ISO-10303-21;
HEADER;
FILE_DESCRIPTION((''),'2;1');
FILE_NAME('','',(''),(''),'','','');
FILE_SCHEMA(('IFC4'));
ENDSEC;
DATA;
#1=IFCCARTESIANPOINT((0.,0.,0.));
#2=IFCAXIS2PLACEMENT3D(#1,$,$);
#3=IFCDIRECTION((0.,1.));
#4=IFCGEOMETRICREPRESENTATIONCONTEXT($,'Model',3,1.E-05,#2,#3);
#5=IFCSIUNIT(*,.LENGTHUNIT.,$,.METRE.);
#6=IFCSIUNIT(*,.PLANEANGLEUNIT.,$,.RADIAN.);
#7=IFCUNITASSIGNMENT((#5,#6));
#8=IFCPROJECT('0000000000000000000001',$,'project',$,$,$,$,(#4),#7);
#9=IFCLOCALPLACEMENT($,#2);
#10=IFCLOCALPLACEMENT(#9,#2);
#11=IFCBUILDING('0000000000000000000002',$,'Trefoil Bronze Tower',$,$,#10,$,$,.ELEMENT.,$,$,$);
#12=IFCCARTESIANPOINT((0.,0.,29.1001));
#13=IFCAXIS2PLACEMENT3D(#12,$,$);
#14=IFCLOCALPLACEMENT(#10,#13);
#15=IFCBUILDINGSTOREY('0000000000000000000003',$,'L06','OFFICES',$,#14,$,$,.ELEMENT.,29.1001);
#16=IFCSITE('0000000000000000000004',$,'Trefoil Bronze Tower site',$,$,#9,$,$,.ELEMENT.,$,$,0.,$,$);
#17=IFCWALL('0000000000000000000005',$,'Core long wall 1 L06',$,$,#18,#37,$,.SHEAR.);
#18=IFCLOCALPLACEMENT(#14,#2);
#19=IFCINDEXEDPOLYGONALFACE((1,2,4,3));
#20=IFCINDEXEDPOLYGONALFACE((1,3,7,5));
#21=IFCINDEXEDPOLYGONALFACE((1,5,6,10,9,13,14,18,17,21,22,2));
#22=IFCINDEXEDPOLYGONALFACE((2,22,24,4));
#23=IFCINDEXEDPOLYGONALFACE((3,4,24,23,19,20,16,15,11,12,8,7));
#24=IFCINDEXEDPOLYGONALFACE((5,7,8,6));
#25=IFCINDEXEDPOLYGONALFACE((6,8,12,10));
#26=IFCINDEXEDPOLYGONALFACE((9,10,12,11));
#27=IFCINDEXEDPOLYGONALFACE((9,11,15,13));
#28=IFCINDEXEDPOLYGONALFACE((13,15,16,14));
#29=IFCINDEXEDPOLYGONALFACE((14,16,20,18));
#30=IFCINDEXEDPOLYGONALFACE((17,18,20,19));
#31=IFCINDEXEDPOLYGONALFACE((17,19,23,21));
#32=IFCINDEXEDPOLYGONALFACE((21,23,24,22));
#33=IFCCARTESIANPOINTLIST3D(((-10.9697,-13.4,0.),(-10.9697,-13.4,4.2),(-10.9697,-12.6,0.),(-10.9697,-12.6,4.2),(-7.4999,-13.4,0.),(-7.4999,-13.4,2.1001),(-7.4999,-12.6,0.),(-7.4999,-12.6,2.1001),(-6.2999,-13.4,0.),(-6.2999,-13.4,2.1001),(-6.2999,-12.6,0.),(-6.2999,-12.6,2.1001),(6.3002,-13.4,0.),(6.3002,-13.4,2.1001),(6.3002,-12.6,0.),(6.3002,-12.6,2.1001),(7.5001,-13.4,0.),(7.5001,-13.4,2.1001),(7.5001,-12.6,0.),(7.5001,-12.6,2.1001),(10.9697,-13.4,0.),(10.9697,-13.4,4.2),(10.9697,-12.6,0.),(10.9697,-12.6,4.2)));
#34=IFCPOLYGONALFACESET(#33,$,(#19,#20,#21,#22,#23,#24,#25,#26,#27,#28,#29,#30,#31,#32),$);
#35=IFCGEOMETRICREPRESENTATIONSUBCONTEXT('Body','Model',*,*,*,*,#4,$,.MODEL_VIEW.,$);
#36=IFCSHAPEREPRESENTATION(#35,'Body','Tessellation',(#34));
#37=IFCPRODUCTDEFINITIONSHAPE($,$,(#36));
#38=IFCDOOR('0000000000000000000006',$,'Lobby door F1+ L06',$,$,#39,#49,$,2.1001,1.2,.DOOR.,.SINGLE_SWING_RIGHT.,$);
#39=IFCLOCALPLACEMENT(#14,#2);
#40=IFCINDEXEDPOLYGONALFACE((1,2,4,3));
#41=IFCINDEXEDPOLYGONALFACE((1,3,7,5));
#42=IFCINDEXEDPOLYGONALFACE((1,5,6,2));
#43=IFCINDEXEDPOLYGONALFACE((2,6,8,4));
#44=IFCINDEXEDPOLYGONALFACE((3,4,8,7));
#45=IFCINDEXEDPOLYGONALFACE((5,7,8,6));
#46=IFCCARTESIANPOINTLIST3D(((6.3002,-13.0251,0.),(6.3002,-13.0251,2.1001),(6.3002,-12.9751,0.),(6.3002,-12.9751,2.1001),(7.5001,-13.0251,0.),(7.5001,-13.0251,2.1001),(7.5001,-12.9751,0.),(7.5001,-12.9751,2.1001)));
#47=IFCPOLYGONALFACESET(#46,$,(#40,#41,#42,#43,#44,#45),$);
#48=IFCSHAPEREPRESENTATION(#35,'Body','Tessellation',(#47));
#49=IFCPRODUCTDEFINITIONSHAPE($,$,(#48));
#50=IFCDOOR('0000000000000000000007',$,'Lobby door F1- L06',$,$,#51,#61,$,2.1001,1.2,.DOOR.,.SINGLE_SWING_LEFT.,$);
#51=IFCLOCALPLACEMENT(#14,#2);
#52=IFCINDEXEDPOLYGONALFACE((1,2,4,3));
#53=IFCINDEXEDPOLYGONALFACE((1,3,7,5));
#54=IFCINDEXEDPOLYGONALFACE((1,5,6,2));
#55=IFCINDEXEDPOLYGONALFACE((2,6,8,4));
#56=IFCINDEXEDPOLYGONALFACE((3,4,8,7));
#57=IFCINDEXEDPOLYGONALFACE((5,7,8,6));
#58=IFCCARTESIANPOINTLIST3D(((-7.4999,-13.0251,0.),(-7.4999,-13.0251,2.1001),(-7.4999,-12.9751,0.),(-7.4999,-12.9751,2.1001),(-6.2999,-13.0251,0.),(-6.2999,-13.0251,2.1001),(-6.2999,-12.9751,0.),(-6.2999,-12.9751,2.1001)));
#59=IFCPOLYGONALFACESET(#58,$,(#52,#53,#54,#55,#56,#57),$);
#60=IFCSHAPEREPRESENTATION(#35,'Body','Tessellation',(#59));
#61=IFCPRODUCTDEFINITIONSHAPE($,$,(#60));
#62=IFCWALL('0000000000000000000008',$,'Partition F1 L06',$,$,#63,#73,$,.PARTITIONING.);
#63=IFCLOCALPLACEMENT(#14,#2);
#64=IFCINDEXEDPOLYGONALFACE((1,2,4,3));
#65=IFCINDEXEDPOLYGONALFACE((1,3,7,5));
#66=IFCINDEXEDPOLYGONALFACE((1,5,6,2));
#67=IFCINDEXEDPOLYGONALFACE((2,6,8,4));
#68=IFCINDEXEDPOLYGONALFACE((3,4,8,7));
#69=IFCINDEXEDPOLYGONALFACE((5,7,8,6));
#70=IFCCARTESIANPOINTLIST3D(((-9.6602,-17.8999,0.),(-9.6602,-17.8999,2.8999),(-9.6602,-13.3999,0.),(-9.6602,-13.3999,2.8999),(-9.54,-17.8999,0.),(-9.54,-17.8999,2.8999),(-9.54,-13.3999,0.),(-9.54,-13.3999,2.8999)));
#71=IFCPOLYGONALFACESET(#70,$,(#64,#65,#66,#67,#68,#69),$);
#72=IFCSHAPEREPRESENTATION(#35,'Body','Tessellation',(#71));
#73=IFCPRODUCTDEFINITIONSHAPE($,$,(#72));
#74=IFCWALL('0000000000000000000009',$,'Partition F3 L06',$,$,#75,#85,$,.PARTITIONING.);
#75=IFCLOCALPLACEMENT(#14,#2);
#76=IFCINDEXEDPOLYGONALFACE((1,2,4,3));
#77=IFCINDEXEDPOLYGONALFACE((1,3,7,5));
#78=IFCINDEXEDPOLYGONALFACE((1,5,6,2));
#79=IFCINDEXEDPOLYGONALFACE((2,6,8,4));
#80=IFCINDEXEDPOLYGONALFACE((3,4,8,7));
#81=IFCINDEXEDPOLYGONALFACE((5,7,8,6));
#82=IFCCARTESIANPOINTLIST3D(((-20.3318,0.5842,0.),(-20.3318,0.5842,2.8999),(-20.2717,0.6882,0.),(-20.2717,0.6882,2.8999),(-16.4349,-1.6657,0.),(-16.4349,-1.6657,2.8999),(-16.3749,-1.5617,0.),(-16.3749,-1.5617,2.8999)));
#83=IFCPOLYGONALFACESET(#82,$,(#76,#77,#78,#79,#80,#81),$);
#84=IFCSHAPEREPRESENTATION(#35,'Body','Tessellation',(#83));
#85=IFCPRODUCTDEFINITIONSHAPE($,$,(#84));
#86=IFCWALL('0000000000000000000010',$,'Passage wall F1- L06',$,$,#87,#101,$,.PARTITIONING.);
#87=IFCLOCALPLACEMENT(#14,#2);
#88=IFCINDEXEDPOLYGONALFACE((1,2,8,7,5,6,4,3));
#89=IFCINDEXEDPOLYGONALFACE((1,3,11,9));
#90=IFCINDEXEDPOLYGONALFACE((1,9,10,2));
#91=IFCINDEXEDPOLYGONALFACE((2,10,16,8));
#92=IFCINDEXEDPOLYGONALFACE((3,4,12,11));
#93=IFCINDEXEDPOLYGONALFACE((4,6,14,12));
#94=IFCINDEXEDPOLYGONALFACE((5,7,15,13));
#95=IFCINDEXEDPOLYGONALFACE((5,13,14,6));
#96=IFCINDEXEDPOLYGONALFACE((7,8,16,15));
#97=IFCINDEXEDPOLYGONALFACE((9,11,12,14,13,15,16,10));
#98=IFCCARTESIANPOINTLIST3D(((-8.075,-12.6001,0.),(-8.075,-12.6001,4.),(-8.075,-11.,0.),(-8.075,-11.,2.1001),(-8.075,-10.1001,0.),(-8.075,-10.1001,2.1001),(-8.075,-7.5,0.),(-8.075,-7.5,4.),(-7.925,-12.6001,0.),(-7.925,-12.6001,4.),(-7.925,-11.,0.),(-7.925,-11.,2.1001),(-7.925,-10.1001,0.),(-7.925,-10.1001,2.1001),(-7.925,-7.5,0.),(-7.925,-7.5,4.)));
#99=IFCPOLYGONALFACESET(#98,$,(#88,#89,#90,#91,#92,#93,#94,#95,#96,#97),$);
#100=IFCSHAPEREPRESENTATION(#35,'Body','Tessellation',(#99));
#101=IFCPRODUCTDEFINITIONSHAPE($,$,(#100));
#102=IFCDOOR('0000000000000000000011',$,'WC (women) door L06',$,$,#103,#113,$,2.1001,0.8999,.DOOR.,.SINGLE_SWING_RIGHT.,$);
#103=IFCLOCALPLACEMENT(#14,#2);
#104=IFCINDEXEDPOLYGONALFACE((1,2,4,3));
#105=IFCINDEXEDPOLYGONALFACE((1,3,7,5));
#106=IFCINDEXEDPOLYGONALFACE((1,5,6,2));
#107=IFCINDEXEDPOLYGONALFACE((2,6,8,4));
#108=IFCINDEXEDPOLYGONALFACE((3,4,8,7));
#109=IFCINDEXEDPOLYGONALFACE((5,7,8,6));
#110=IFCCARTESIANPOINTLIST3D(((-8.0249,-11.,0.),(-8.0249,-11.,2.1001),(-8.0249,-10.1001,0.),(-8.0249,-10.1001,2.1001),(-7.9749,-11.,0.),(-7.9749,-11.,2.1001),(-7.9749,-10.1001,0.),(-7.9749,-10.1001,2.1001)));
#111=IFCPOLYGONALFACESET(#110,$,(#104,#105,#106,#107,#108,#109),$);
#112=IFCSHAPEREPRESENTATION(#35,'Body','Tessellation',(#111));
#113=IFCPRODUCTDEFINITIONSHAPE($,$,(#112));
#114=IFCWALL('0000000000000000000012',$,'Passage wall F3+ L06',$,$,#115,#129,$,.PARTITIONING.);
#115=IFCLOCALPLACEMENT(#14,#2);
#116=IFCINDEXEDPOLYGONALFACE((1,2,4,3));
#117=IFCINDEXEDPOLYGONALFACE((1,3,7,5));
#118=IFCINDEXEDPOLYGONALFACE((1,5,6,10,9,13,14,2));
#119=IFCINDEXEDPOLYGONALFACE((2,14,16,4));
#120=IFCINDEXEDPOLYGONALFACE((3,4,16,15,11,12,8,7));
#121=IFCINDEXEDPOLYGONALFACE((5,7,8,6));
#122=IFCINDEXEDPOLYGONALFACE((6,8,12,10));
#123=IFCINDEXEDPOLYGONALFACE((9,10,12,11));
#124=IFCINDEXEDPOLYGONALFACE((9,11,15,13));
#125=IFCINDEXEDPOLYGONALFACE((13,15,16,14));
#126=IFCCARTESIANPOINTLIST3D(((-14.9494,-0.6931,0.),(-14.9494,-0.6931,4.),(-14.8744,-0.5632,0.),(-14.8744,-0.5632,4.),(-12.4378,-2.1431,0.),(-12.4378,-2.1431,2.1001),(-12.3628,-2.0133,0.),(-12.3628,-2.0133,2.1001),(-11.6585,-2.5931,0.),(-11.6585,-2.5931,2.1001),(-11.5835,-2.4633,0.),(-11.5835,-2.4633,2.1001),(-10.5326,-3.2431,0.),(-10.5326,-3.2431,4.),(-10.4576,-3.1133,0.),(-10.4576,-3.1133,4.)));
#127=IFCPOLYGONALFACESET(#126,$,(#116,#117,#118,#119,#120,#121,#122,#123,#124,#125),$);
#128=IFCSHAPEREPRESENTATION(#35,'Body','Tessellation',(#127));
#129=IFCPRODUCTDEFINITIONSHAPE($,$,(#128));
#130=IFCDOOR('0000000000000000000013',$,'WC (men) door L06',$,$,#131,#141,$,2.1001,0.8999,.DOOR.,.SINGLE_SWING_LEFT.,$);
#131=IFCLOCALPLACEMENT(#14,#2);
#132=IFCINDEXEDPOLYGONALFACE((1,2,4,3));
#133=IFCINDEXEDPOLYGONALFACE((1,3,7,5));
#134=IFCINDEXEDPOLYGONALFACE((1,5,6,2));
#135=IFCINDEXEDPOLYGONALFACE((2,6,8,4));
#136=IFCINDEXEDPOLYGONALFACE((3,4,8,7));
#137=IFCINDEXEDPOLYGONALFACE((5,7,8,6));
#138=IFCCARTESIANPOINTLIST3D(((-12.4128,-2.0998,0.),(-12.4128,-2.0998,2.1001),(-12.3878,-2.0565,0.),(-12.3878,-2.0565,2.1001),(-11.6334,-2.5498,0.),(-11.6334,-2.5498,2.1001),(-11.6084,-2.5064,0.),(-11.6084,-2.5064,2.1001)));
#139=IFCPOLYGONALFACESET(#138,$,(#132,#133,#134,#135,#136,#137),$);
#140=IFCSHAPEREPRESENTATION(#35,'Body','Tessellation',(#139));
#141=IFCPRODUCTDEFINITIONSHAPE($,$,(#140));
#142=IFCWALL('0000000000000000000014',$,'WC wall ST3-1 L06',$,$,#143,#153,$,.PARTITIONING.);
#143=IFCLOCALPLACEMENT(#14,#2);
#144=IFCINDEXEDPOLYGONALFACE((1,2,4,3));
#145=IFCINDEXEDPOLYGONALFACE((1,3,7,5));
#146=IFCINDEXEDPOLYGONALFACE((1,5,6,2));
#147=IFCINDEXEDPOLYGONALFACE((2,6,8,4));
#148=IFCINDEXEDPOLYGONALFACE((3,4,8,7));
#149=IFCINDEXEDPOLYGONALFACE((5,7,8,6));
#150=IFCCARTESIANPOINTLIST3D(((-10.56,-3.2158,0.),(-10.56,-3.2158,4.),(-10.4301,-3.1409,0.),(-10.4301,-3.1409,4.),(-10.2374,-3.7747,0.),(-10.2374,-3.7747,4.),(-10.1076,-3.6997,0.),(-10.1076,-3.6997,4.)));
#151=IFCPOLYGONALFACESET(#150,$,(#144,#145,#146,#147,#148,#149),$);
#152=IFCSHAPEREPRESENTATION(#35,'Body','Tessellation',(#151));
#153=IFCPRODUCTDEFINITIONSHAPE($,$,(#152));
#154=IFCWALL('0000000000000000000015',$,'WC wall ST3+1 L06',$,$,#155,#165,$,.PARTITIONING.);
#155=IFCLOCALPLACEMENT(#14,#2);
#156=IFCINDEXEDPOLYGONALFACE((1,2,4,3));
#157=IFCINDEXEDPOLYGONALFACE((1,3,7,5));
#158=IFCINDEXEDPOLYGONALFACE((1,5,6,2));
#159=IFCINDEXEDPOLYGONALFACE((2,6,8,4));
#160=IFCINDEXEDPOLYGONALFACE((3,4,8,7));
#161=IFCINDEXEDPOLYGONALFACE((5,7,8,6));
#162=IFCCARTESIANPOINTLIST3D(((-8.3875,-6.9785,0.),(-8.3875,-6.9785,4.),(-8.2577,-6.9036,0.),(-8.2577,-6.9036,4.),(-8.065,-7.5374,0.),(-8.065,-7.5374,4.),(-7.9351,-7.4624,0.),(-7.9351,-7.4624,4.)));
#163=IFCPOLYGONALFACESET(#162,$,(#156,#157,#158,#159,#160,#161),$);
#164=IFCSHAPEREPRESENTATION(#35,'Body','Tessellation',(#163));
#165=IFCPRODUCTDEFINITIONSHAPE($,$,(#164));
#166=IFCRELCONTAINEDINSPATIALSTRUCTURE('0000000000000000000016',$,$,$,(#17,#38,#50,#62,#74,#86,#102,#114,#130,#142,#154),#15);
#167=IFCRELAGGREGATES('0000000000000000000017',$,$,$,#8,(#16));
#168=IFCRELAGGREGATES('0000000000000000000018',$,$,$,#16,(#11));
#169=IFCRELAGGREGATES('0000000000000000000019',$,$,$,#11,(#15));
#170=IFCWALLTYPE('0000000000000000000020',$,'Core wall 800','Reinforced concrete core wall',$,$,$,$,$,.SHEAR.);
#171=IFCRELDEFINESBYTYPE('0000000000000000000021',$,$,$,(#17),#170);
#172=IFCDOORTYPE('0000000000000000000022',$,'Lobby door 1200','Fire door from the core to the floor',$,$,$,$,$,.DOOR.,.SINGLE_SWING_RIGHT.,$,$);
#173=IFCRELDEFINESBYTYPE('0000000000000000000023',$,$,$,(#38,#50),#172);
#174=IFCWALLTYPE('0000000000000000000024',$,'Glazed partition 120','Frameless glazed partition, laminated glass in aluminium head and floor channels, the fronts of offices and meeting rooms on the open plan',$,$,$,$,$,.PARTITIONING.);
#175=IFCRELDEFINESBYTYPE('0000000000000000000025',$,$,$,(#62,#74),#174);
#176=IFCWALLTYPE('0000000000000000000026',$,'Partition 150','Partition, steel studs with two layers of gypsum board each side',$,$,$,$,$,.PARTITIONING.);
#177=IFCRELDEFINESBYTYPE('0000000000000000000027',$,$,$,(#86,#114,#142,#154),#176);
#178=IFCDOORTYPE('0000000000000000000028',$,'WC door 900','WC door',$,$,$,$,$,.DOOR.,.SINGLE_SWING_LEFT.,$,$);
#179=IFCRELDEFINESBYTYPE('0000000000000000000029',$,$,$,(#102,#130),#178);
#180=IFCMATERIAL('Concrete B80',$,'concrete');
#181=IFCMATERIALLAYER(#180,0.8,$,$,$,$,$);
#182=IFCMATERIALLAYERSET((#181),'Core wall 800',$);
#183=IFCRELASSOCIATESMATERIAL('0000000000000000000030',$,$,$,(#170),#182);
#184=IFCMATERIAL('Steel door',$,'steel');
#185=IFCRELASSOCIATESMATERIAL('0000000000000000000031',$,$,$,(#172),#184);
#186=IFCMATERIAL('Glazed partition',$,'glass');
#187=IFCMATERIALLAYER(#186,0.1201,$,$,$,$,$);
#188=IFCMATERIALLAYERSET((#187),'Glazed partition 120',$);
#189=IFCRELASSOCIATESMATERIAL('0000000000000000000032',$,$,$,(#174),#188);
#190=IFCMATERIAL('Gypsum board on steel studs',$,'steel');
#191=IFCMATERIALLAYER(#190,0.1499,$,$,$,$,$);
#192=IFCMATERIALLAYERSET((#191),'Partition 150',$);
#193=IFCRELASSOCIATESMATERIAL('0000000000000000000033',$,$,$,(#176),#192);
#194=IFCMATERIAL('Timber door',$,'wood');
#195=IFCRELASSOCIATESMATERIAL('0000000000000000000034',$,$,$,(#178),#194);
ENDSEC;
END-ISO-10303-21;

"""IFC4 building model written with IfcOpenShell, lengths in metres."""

from ifc_helpers import new_model, si_unit, direction, frame, frame_2d, origin, place, context, subcontext, project, spatial, rectangle, extrude, material, layer, layer_set, type_object, element, fill, save


model = new_model("IFC4")

# Units and contexts
model_context = context("Model", 3, precision=1e-05, world=origin(), true_north=direction((0.0, 1.0)))
body_context = subcontext(model_context, "Body", "Model", "MODEL_VIEW")
ifc_project = project(units=[si_unit("LENGTHUNIT", "METRE"), si_unit("PLANEANGLEUNIT", "RADIAN")], contexts=[model_context])

# Site, building, storey
site_placement = place(None, origin())
site = spatial("IfcSite", under=ifc_project, at=site_placement, Name="Trefoil Bronze Tower site", CompositionType="ELEMENT", RefElevation=0.0)
building_placement = place(site_placement, origin())
building = spatial("IfcBuilding", under=site, at=building_placement, Name="Trefoil Bronze Tower", CompositionType="ELEMENT")
storey_placement = place(building_placement, frame((0.0, 0.0, 29.1001)))
storey = spatial("IfcBuildingStorey", under=building, at=storey_placement, Name="L06", Description="OFFICES", CompositionType="ELEMENT", Elevation=29.1001)

# Wall, openings, doors
ifc_material_1 = material(Name="Concrete B80", Category="concrete")
ifc_layer_1 = layer(ifc_material_1, 0.8)
ifc_layer_set_1 = layer_set([ifc_layer_1], Name="Core wall 800")
wall_type_1 = type_object("IfcWallType", Name="Core wall 800", Description="Reinforced concrete core wall", PredefinedType="SHEAR", material=ifc_layer_set_1)
wall_1_placement = place(storey_placement, frame((-10.9697, -13.0, 0.0), z_axis=(0.0, 0.0, 1.0), x_axis=(1.0, 0.0, 0.0)))
wall_1 = element("IfcWall", 1, at=wall_1_placement, inside=storey, type_object=wall_type_1, Name="Core long wall 1 L06", PredefinedType="SHEAR", context=body_context, shape_type="SweptSolid", body=[
    extrude(rectangle(XDim=21.9395, YDim=0.8, at=frame_2d((10.9697, 0.0))), origin(), (0.0, 0.0, 1.0), 4.2),
])
opening_1_placement = place(wall_1_placement, frame((17.2698, 0.0, 0.0)))
opening_1 = element("IfcOpeningElement", 2, at=opening_1_placement, cuts=wall_1, PredefinedType="OPENING", context=body_context, shape_type="SweptSolid", body=[
    extrude(rectangle(XDim=1.2, YDim=2.1001, at=frame_2d((0.6001, 1.05))), frame((0.0, 0.4099, 0.0), z_axis=(0.0, -1.0, 0.0), x_axis=(1.0, 0.0, 0.0)), (0.0, 0.0, 1.0), 0.8201),
])
opening_2_placement = place(wall_1_placement, frame((3.4697, 0.0, 0.0)))
opening_2 = element("IfcOpeningElement", 3, at=opening_2_placement, cuts=wall_1, PredefinedType="OPENING", context=body_context, shape_type="SweptSolid", body=[
    extrude(rectangle(XDim=1.2, YDim=2.1001, at=frame_2d((0.6001, 1.05))), frame((0.0, 0.4099, 0.0), z_axis=(0.0, -1.0, 0.0), x_axis=(1.0, 0.0, 0.0)), (0.0, 0.0, 1.0), 0.8201),
])
ifc_material_2 = material(Name="Steel door", Category="steel")
door_type_1 = type_object("IfcDoorType", Name="Lobby door 1200", Description="Fire door from the core to the floor", OperationType="SINGLE_SWING_RIGHT", PredefinedType="DOOR", material=ifc_material_2)
door_1_placement = place(opening_1_placement, origin())
door_1 = element("IfcDoor", 4, at=door_1_placement, inside=storey, type_object=door_type_1, Name="Lobby door F1+ L06", OperationType="SINGLE_SWING_RIGHT", OverallHeight=2.1001, OverallWidth=1.2, PredefinedType="DOOR", context=body_context, shape_type="SweptSolid", body=[
    extrude(rectangle(XDim=1.2, YDim=2.1001, at=frame_2d((0.6001, 1.05))), frame((0.0, 0.0249, 0.0), z_axis=(0.0, -1.0, 0.0), x_axis=(1.0, 0.0, 0.0)), (0.0, 0.0, 1.0), 0.05),
])
fill(opening_1, door_1)
door_2_placement = place(opening_2_placement, origin())
door_2 = element("IfcDoor", 5, at=door_2_placement, inside=storey, type_object=door_type_1, Name="Lobby door F1- L06", OperationType="SINGLE_SWING_LEFT", OverallHeight=2.1001, OverallWidth=1.2, PredefinedType="DOOR", context=body_context, shape_type="SweptSolid", body=[
    extrude(rectangle(XDim=1.2, YDim=2.1001, at=frame_2d((0.6001, 1.05))), frame((0.0, 0.0249, 0.0), z_axis=(0.0, -1.0, 0.0), x_axis=(1.0, 0.0, 0.0)), (0.0, 0.0, 1.0), 0.05),
])
fill(opening_2, door_2)

# Walls
ifc_material_3 = material(Name="Glazed partition", Category="glass")
ifc_layer_2 = layer(ifc_material_3, 0.1201)
ifc_layer_set_2 = layer_set([ifc_layer_2], Name="Glazed partition 120")
wall_type_2 = type_object("IfcWallType", Name="Glazed partition 120", Description="Frameless glazed partition, laminated glass in aluminium head and floor channels, the fronts of offices and meeting rooms on the open plan", PredefinedType="PARTITIONING", material=ifc_layer_set_2)
wall_2_placement = place(storey_placement, frame((-9.6001, -13.3999, 0.0), z_axis=(0.0, 0.0, 1.0), x_axis=(0.0, -1.0, 0.0)))
element("IfcWall", 6, at=wall_2_placement, inside=storey, type_object=wall_type_2, Name="Partition F1 L06", PredefinedType="PARTITIONING", context=body_context, shape_type="SweptSolid", body=[
    extrude(rectangle(XDim=4.5, YDim=0.1201, at=frame_2d((2.25, 0.0))), origin(), (0.0, 0.0, 1.0), 2.8999),
])
wall_3_placement = place(storey_placement, frame((-16.4048, -1.6138, 0.0), z_axis=(0.0, 0.0, 1.0), x_axis=(-0.866018, 0.500014, 0.0)))
element("IfcWall", 7, at=wall_3_placement, inside=storey, type_object=wall_type_2, Name="Partition F3 L06", PredefinedType="PARTITIONING", context=body_context, shape_type="SweptSolid", body=[
    extrude(rectangle(XDim=4.4998, YDim=0.1201, at=frame_2d((2.25, 0.0))), origin(), (0.0, 0.0, 1.0), 2.8999),
])

# Walls, openings, doors
ifc_material_4 = material(Name="Gypsum board on steel studs", Category="steel")
ifc_layer_3 = layer(ifc_material_4, 0.1499)
ifc_layer_set_3 = layer_set([ifc_layer_3], Name="Partition 150")
wall_type_3 = type_object("IfcWallType", Name="Partition 150", Description="Partition, steel studs with two layers of gypsum board each side", PredefinedType="PARTITIONING", material=ifc_layer_set_3)
wall_4_placement = place(storey_placement, frame((-8.0, -7.5, 0.0), z_axis=(0.0, 0.0, 1.0), x_axis=(0.0, -1.0, 0.0)))
wall_4 = element("IfcWall", 8, at=wall_4_placement, inside=storey, type_object=wall_type_3, Name="Passage wall F1- L06", PredefinedType="PARTITIONING", context=body_context, shape_type="SweptSolid", body=[
    extrude(rectangle(XDim=5.1001, YDim=0.1499, at=frame_2d((2.55, 0.0))), origin(), (0.0, 0.0, 1.0), 4.0),
])
opening_3_placement = place(wall_4_placement, frame((2.6001, 0.0, 0.0)))
opening_3 = element("IfcOpeningElement", 9, at=opening_3_placement, cuts=wall_4, PredefinedType="OPENING", context=body_context, shape_type="SweptSolid", body=[
    extrude(rectangle(XDim=0.8999, YDim=2.1001, at=frame_2d((0.45, 1.05))), frame((0.0, 0.085, 0.0), z_axis=(0.0, -1.0, 0.0), x_axis=(1.0, 0.0, 0.0)), (0.0, 0.0, 1.0), 0.1699),
])
ifc_material_5 = material(Name="Timber door", Category="wood")
door_type_2 = type_object("IfcDoorType", Name="WC door 900", Description="WC door", OperationType="SINGLE_SWING_LEFT", PredefinedType="DOOR", material=ifc_material_5)
door_3_placement = place(opening_3_placement, frame((0.8999, 0.0, 0.0), z_axis=(0.0, 0.0, 1.0), x_axis=(-1.0, 0.0, 0.0)))
door_3 = element("IfcDoor", 10, at=door_3_placement, inside=storey, type_object=door_type_2, Name="WC (women) door L06", OperationType="SINGLE_SWING_RIGHT", OverallHeight=2.1001, OverallWidth=0.8999, PredefinedType="DOOR", context=body_context, shape_type="SweptSolid", body=[
    extrude(rectangle(XDim=0.8999, YDim=2.1001, at=frame_2d((0.45, 1.05))), frame((0.0, 0.0249, 0.0), z_axis=(0.0, -1.0, 0.0), x_axis=(1.0, 0.0, 0.0)), (0.0, 0.0, 1.0), 0.05),
])
fill(opening_3, door_3)
wall_5_placement = place(storey_placement, frame((-10.4951, -3.1782, 0.0), z_axis=(0.0, 0.0, 1.0), x_axis=(-0.866022, 0.500006, 0.0)))
wall_5 = element("IfcWall", 11, at=wall_5_placement, inside=storey, type_object=wall_type_3, Name="Passage wall F3+ L06", PredefinedType="PARTITIONING", context=body_context, shape_type="SweptSolid", body=[
    extrude(rectangle(XDim=5.1001, YDim=0.1499, at=frame_2d((2.55, 0.0))), origin(), (0.0, 0.0, 1.0), 4.0),
])
opening_4_placement = place(wall_5_placement, frame((1.3, 0.0, 0.0)))
opening_4 = element("IfcOpeningElement", 12, at=opening_4_placement, cuts=wall_5, PredefinedType="OPENING", context=body_context, shape_type="SweptSolid", body=[
    extrude(rectangle(XDim=0.8999, YDim=2.1001, at=frame_2d((0.45, 1.05))), frame((0.0, 0.085, 0.0), z_axis=(0.0, -1.0, 0.0), x_axis=(1.0, 0.0, 0.0)), (0.0, 0.0, 1.0), 0.1699),
])
door_4_placement = place(opening_4_placement, origin())
door_4 = element("IfcDoor", 13, at=door_4_placement, inside=storey, type_object=door_type_2, Name="WC (men) door L06", OperationType="SINGLE_SWING_LEFT", OverallHeight=2.1001, OverallWidth=0.8999, PredefinedType="DOOR", context=body_context, shape_type="SweptSolid", body=[
    extrude(rectangle(XDim=0.8999, YDim=2.1001, at=frame_2d((0.45, 1.05))), frame((0.0, 0.0249, 0.0), z_axis=(0.0, -1.0, 0.0), x_axis=(1.0, 0.0, 0.0)), (0.0, 0.0, 1.0), 0.05),
])
fill(opening_4, door_4)

# Walls
for number, where, z_axis, x_axis, name in (
    (14, (-10.4951, -3.1782, 0.0), (0.0, 0.0, 1.0), (0.499843, -0.866116, 0.0), "WC wall ST3-1 L06"),
    (15, (-8.0, -7.5, 0.0), (0.0, 0.0, 1.0), (-0.499843, 0.866116, 0.0), "WC wall ST3+1 L06"),
):
    element("IfcWall", number, at=place(storey_placement, frame(where, z_axis=z_axis, x_axis=x_axis)), inside=storey, type_object=wall_type_3, Name=name, PredefinedType="PARTITIONING", context=body_context, shape_type="SweptSolid", body=[
        extrude(rectangle(XDim=0.6453, YDim=0.1499, at=frame_2d((0.3228, 0.0))), origin(), (0.0, 0.0, 1.0), 4.0),
    ])

save(model, "model.ifc")
